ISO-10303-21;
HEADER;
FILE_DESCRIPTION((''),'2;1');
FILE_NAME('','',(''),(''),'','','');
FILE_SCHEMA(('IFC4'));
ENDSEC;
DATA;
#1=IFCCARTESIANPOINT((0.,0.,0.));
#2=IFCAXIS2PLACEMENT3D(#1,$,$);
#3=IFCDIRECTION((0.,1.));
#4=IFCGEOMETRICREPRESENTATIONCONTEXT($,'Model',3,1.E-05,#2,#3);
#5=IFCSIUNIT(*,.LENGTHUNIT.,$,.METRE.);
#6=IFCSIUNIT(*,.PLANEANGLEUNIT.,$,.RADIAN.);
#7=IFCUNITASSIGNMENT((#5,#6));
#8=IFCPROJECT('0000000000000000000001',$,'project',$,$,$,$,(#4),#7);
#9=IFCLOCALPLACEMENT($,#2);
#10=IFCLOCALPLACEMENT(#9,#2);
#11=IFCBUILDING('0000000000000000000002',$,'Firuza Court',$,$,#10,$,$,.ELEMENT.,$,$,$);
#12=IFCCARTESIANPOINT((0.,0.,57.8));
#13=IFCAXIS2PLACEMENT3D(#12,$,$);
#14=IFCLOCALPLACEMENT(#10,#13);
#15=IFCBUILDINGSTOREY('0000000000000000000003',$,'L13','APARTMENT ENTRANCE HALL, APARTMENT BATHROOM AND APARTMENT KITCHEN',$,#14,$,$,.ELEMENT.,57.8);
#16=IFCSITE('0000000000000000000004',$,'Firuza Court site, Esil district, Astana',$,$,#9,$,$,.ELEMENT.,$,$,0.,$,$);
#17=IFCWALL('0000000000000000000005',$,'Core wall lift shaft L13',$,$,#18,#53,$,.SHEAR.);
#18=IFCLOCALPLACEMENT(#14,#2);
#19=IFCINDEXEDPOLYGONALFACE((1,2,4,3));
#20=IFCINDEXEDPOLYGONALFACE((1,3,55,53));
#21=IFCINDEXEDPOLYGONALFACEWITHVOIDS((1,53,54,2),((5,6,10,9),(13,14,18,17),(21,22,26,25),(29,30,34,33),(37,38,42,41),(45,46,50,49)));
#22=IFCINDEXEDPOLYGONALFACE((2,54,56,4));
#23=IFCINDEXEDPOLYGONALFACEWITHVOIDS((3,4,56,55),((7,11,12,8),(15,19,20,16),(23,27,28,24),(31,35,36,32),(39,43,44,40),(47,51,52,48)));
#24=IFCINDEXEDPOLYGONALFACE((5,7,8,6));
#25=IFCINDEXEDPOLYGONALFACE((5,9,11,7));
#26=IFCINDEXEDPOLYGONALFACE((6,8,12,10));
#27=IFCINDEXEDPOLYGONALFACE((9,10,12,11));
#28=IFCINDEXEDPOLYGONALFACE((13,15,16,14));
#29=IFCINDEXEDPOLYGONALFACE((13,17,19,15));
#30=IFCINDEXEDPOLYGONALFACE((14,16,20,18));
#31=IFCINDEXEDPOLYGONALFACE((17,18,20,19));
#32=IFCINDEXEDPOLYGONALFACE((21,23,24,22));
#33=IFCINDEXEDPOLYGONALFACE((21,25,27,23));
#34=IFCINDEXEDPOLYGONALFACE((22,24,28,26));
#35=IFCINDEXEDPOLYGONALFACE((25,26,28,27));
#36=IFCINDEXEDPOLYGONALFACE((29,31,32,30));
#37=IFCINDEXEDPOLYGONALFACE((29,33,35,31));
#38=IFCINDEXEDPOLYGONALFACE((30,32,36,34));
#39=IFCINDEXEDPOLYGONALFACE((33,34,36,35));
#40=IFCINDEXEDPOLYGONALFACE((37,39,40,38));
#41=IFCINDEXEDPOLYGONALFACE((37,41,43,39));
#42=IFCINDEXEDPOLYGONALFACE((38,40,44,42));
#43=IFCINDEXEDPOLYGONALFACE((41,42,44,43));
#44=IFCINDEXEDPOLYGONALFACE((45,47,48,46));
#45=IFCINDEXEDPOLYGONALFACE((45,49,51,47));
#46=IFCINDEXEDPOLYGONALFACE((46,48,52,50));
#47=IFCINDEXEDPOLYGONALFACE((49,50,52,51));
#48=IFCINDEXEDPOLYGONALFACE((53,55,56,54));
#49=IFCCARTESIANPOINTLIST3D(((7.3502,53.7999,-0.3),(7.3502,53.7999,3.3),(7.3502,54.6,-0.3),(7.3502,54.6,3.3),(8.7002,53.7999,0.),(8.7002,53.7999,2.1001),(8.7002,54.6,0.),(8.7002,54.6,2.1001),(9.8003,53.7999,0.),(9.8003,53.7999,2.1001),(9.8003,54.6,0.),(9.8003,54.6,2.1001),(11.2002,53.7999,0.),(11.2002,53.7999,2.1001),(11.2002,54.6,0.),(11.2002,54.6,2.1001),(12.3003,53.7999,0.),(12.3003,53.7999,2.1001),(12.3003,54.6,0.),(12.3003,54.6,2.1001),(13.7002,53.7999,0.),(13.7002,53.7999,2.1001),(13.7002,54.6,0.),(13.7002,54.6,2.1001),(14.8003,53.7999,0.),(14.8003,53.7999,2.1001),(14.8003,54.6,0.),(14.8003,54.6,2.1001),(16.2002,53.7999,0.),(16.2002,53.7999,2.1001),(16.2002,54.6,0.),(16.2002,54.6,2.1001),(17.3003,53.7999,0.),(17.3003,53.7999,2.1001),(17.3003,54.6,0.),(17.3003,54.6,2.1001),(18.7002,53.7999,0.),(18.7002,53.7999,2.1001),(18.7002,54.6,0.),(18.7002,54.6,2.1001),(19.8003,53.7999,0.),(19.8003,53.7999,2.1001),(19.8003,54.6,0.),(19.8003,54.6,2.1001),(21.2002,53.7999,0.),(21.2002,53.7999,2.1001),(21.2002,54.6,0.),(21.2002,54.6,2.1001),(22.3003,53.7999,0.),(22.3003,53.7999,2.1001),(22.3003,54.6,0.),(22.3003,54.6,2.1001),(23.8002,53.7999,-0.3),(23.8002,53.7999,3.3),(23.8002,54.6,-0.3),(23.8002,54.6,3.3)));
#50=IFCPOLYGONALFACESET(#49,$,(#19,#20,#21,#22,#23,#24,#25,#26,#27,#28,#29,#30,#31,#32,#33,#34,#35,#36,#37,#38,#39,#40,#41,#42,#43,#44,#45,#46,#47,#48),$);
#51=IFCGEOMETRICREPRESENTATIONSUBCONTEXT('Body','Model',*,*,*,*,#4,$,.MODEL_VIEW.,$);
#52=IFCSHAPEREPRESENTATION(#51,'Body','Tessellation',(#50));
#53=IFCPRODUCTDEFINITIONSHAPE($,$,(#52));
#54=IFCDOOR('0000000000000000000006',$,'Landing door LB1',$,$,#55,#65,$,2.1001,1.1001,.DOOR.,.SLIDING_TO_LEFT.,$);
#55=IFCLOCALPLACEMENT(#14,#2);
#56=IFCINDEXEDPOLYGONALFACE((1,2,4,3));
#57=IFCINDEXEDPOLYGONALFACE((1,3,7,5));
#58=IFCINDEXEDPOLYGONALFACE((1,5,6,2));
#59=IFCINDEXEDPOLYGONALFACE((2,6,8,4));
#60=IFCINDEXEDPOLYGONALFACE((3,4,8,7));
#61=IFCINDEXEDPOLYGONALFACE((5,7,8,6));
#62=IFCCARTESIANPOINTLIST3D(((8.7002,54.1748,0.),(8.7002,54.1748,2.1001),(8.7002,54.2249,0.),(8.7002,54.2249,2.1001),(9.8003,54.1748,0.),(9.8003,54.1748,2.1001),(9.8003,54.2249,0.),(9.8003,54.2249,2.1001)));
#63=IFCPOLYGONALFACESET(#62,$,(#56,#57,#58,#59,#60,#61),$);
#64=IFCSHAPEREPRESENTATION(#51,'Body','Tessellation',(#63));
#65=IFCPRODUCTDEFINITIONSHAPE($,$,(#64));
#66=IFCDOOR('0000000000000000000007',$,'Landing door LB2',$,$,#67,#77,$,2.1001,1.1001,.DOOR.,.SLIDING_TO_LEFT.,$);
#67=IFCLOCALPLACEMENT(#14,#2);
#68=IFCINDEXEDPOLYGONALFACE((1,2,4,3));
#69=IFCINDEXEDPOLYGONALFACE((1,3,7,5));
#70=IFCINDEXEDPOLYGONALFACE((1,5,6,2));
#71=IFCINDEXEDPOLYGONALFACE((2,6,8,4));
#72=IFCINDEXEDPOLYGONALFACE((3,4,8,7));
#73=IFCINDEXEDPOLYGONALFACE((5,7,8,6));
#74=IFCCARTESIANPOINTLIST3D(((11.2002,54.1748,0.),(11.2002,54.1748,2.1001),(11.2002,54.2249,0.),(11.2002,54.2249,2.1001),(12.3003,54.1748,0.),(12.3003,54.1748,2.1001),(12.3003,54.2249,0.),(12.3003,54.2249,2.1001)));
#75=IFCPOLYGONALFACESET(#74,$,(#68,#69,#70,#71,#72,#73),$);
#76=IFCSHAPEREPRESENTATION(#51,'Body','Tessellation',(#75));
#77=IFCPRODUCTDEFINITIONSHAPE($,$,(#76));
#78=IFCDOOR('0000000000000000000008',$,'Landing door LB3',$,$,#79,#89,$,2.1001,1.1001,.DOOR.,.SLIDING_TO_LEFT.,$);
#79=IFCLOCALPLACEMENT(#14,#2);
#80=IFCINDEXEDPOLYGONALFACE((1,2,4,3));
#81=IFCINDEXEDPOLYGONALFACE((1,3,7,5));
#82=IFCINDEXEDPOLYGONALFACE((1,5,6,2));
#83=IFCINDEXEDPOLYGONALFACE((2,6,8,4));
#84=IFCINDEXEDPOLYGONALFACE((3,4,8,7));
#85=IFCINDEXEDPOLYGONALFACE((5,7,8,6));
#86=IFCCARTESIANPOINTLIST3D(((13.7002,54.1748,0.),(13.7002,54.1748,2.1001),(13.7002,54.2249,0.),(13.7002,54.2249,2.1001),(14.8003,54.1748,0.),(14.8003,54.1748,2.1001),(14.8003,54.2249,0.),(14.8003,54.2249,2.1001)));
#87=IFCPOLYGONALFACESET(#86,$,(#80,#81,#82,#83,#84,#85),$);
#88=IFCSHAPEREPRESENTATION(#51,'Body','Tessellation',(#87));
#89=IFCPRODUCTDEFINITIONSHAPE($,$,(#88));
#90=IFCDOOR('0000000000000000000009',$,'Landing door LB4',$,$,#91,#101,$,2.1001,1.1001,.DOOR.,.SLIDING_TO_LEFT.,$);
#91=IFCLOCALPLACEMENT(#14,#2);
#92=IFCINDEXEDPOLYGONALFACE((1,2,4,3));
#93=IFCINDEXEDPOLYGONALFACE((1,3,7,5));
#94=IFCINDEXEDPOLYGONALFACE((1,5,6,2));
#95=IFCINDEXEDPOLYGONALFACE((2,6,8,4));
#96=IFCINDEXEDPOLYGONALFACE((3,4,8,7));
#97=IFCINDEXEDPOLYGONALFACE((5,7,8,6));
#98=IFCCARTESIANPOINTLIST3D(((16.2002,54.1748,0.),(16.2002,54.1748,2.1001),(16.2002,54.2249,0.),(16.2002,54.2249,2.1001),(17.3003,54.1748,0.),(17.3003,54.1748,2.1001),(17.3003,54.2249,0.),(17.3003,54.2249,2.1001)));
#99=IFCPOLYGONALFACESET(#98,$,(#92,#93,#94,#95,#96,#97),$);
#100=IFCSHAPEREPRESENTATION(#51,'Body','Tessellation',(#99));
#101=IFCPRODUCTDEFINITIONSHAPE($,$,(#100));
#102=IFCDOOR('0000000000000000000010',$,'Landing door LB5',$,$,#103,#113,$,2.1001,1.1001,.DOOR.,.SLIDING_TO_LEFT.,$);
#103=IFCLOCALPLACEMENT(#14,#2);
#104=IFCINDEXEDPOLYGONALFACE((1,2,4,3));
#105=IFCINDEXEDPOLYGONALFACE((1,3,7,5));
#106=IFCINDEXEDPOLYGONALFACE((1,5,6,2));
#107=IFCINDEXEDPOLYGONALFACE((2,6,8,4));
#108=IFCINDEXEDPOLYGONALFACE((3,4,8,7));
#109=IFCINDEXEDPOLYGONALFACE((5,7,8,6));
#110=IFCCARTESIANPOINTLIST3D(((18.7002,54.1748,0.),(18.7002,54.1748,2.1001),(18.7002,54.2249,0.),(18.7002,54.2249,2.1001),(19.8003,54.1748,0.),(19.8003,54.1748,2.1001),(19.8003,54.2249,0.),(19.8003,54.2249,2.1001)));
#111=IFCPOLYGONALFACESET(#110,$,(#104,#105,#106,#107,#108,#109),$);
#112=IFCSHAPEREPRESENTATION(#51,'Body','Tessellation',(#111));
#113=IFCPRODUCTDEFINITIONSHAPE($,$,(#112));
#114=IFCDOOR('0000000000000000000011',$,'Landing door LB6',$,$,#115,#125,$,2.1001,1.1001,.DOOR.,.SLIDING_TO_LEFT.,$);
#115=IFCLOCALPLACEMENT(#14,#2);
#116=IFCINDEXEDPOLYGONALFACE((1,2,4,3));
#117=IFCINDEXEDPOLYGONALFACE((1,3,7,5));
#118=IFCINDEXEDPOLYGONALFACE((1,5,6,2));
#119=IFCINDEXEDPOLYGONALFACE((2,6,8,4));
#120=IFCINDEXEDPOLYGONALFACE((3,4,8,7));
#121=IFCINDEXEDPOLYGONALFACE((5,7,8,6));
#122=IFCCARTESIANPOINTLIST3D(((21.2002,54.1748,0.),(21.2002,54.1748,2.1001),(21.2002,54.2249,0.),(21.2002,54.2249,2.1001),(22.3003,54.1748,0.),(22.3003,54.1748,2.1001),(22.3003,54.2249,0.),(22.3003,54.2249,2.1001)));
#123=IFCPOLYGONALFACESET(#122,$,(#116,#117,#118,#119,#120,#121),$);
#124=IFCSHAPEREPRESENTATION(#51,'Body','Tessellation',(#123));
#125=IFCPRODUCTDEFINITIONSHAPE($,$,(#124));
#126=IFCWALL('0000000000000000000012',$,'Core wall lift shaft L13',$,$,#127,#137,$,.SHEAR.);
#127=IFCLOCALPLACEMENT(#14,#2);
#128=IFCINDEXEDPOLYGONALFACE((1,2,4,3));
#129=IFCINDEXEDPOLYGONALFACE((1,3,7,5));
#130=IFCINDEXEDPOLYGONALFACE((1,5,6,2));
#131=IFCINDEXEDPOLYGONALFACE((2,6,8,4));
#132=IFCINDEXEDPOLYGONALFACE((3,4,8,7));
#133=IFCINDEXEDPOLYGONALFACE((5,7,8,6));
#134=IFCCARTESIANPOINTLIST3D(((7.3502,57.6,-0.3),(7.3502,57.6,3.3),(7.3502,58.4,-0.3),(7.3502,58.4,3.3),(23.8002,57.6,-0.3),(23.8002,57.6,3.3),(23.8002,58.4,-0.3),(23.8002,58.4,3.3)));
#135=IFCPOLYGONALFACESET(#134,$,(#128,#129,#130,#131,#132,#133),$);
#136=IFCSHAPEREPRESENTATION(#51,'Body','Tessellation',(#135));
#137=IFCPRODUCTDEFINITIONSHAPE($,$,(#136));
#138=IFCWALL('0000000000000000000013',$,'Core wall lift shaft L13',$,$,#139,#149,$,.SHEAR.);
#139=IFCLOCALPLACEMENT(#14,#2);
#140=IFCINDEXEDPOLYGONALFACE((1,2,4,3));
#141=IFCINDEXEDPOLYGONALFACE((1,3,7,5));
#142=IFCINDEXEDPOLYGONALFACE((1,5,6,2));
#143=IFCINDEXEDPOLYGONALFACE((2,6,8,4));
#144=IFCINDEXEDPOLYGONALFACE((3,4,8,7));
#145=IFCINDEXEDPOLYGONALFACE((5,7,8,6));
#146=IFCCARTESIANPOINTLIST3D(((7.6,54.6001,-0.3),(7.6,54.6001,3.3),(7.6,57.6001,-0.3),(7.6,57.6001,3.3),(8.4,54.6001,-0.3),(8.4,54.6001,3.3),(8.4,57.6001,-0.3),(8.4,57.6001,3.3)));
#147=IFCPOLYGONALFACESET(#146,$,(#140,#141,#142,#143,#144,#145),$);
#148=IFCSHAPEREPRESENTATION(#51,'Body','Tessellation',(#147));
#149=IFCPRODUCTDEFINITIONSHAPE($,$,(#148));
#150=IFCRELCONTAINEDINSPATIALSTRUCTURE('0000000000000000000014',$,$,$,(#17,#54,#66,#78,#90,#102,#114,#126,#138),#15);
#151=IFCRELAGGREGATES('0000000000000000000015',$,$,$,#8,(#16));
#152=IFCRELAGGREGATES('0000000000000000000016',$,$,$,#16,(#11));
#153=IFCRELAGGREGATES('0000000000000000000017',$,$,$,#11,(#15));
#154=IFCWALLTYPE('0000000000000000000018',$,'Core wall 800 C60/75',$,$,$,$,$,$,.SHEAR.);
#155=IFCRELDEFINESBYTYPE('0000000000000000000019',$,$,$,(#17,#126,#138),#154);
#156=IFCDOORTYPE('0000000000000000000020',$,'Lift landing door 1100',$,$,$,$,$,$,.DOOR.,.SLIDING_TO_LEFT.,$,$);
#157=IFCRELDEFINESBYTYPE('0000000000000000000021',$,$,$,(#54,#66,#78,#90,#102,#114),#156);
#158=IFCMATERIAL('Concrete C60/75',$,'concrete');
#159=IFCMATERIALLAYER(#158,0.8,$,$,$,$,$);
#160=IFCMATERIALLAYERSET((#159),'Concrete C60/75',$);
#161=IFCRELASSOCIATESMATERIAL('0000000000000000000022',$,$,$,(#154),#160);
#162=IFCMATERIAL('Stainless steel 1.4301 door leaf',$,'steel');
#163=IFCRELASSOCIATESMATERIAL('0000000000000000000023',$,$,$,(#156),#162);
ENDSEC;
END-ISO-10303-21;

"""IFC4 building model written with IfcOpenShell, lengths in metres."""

from ifc_helpers import new_model, si_unit, direction, frame, frame_2d, origin, place, context, subcontext, project, spatial, rectangle, extrude, material, layer, layer_set, type_object, element, fill, save


model = new_model("IFC4")

# Units and contexts
model_context = context("Model", 3, precision=1e-05, world=origin(), true_north=direction((0.0, 1.0)))
body_context = subcontext(model_context, "Body", "Model", "MODEL_VIEW")
ifc_project = project(units=[si_unit("LENGTHUNIT", "METRE"), si_unit("PLANEANGLEUNIT", "RADIAN")], contexts=[model_context])

# Site, building, storey
site_placement = place(None, origin())
site = spatial("IfcSite", under=ifc_project, at=site_placement, Name="Firuza Court site, Esil district, Astana", CompositionType="ELEMENT", RefElevation=0.0)
building_placement = place(site_placement, origin())
building = spatial("IfcBuilding", under=site, at=building_placement, Name="Firuza Court", CompositionType="ELEMENT")
storey_placement = place(building_placement, frame((0.0, 0.0, 57.8)))
storey = spatial("IfcBuildingStorey", under=building, at=storey_placement, Name="L13", Description="APARTMENT ENTRANCE HALL, APARTMENT BATHROOM AND APARTMENT KITCHEN", CompositionType="ELEMENT", Elevation=57.8)

# Shared definitions
ifc_material_1 = material(Name="Concrete C60/75", Category="concrete")

# Wall, openings, doors
ifc_layer_1 = layer(ifc_material_1, 0.8)
ifc_layer_set_1 = layer_set([ifc_layer_1], Name="Concrete C60/75")
wall_type_1 = type_object("IfcWallType", Name="Core wall 800 C60/75", PredefinedType="SHEAR", material=ifc_layer_set_1)
wall_1_placement = place(storey_placement, frame((7.3501, 54.2, -0.3), z_axis=(0.0, 0.0, 1.0), x_axis=(1.0, 0.0, 0.0)))
wall_1 = element("IfcWall", 1, at=wall_1_placement, inside=storey, type_object=wall_type_1, Name="Core wall lift shaft L13", PredefinedType="SHEAR", context=body_context, shape_type="SweptSolid", body=[
    extrude(rectangle(XDim=16.45, YDim=0.8, at=frame_2d((8.2251, 0.0))), origin(), (0.0, 0.0, 1.0), 3.6001),
])
opening_1_placement = place(wall_1_placement, frame((1.3501, 0.0, 0.3)))
opening_1 = element("IfcOpeningElement", 2, at=opening_1_placement, cuts=wall_1, PredefinedType="OPENING", context=body_context, shape_type="SweptSolid", body=[
    extrude(rectangle(XDim=1.1001, YDim=2.1001, at=frame_2d((0.55, 1.05))), frame((0.0, 0.4121, 0.0), z_axis=(0.0, -1.0, 0.0), x_axis=(1.0, 0.0, 0.0)), (0.0, 0.0, 1.0), 0.824),
])
opening_2_placement = place(wall_1_placement, frame((3.8501, 0.0, 0.3)))
opening_2 = element("IfcOpeningElement", 3, at=opening_2_placement, cuts=wall_1, PredefinedType="OPENING", context=body_context, shape_type="SweptSolid", body=[
    extrude(rectangle(XDim=1.1001, YDim=2.1001, at=frame_2d((0.55, 1.05))), frame((0.0, 0.4121, 0.0), z_axis=(0.0, -1.0, 0.0), x_axis=(1.0, 0.0, 0.0)), (0.0, 0.0, 1.0), 0.824),
])
opening_3_placement = place(wall_1_placement, frame((6.3501, 0.0, 0.3)))
opening_3 = element("IfcOpeningElement", 4, at=opening_3_placement, cuts=wall_1, PredefinedType="OPENING", context=body_context, shape_type="SweptSolid", body=[
    extrude(rectangle(XDim=1.1001, YDim=2.1001, at=frame_2d((0.55, 1.05))), frame((0.0, 0.4121, 0.0), z_axis=(0.0, -1.0, 0.0), x_axis=(1.0, 0.0, 0.0)), (0.0, 0.0, 1.0), 0.824),
])
opening_4_placement = place(wall_1_placement, frame((8.8501, 0.0, 0.3)))
opening_4 = element("IfcOpeningElement", 5, at=opening_4_placement, cuts=wall_1, PredefinedType="OPENING", context=body_context, shape_type="SweptSolid", body=[
    extrude(rectangle(XDim=1.1001, YDim=2.1001, at=frame_2d((0.55, 1.05))), frame((0.0, 0.4121, 0.0), z_axis=(0.0, -1.0, 0.0), x_axis=(1.0, 0.0, 0.0)), (0.0, 0.0, 1.0), 0.824),
])
opening_5_placement = place(wall_1_placement, frame((11.3501, 0.0, 0.3)))
opening_5 = element("IfcOpeningElement", 6, at=opening_5_placement, cuts=wall_1, PredefinedType="OPENING", context=body_context, shape_type="SweptSolid", body=[
    extrude(rectangle(XDim=1.1001, YDim=2.1001, at=frame_2d((0.55, 1.05))), frame((0.0, 0.4121, 0.0), z_axis=(0.0, -1.0, 0.0), x_axis=(1.0, 0.0, 0.0)), (0.0, 0.0, 1.0), 0.824),
])
opening_6_placement = place(wall_1_placement, frame((13.8501, 0.0, 0.3)))
opening_6 = element("IfcOpeningElement", 7, at=opening_6_placement, cuts=wall_1, PredefinedType="OPENING", context=body_context, shape_type="SweptSolid", body=[
    extrude(rectangle(XDim=1.1001, YDim=2.1001, at=frame_2d((0.55, 1.05))), frame((0.0, 0.4121, 0.0), z_axis=(0.0, -1.0, 0.0), x_axis=(1.0, 0.0, 0.0)), (0.0, 0.0, 1.0), 0.824),
])
ifc_material_2 = material(Name="Stainless steel 1.4301 door leaf", Category="steel")
door_type = type_object("IfcDoorType", Name="Lift landing door 1100", OperationType="SLIDING_TO_LEFT", PredefinedType="DOOR", material=ifc_material_2)
door_1_placement = place(opening_1_placement, origin())
door_1 = element("IfcDoor", 8, at=door_1_placement, inside=storey, type_object=door_type, Name="Landing door LB1", OperationType="SLIDING_TO_LEFT", OverallHeight=2.1001, OverallWidth=1.1001, PredefinedType="DOOR", context=body_context, shape_type="SweptSolid", body=[
    extrude(rectangle(XDim=1.1001, YDim=2.1001, at=frame_2d((0.55, 1.05))), frame((0.0, 0.0249, 0.0), z_axis=(0.0, -1.0, 0.0), x_axis=(1.0, 0.0, 0.0)), (0.0, 0.0, 1.0), 0.05),
])
fill(opening_1, door_1)
door_2_placement = place(opening_2_placement, origin())
door_2 = element("IfcDoor", 9, at=door_2_placement, inside=storey, type_object=door_type, Name="Landing door LB2", OperationType="SLIDING_TO_LEFT", OverallHeight=2.1001, OverallWidth=1.1001, PredefinedType="DOOR", context=body_context, shape_type="SweptSolid", body=[
    extrude(rectangle(XDim=1.1001, YDim=2.1001, at=frame_2d((0.55, 1.05))), frame((0.0, 0.0249, 0.0), z_axis=(0.0, -1.0, 0.0), x_axis=(1.0, 0.0, 0.0)), (0.0, 0.0, 1.0), 0.05),
])
fill(opening_2, door_2)
door_3_placement = place(opening_3_placement, origin())
door_3 = element("IfcDoor", 10, at=door_3_placement, inside=storey, type_object=door_type, Name="Landing door LB3", OperationType="SLIDING_TO_LEFT", OverallHeight=2.1001, OverallWidth=1.1001, PredefinedType="DOOR", context=body_context, shape_type="SweptSolid", body=[
    extrude(rectangle(XDim=1.1001, YDim=2.1001, at=frame_2d((0.55, 1.05))), frame((0.0, 0.0249, 0.0), z_axis=(0.0, -1.0, 0.0), x_axis=(1.0, 0.0, 0.0)), (0.0, 0.0, 1.0), 0.05),
])
fill(opening_3, door_3)
door_4_placement = place(opening_4_placement, origin())
door_4 = element("IfcDoor", 11, at=door_4_placement, inside=storey, type_object=door_type, Name="Landing door LB4", OperationType="SLIDING_TO_LEFT", OverallHeight=2.1001, OverallWidth=1.1001, PredefinedType="DOOR", context=body_context, shape_type="SweptSolid", body=[
    extrude(rectangle(XDim=1.1001, YDim=2.1001, at=frame_2d((0.55, 1.05))), frame((0.0, 0.0249, 0.0), z_axis=(0.0, -1.0, 0.0), x_axis=(1.0, 0.0, 0.0)), (0.0, 0.0, 1.0), 0.05),
])
fill(opening_4, door_4)
door_5_placement = place(opening_5_placement, origin())
door_5 = element("IfcDoor", 12, at=door_5_placement, inside=storey, type_object=door_type, Name="Landing door LB5", OperationType="SLIDING_TO_LEFT", OverallHeight=2.1001, OverallWidth=1.1001, PredefinedType="DOOR", context=body_context, shape_type="SweptSolid", body=[
    extrude(rectangle(XDim=1.1001, YDim=2.1001, at=frame_2d((0.55, 1.05))), frame((0.0, 0.0249, 0.0), z_axis=(0.0, -1.0, 0.0), x_axis=(1.0, 0.0, 0.0)), (0.0, 0.0, 1.0), 0.05),
])
fill(opening_5, door_5)
door_6_placement = place(opening_6_placement, origin())
door_6 = element("IfcDoor", 13, at=door_6_placement, inside=storey, type_object=door_type, Name="Landing door LB6", OperationType="SLIDING_TO_LEFT", OverallHeight=2.1001, OverallWidth=1.1001, PredefinedType="DOOR", context=body_context, shape_type="SweptSolid", body=[
    extrude(rectangle(XDim=1.1001, YDim=2.1001, at=frame_2d((0.55, 1.05))), frame((0.0, 0.0249, 0.0), z_axis=(0.0, -1.0, 0.0), x_axis=(1.0, 0.0, 0.0)), (0.0, 0.0, 1.0), 0.05),
])
fill(opening_6, door_6)

# Walls
wall_2_placement = place(storey_placement, frame((7.3501, 58.0, -0.3), z_axis=(0.0, 0.0, 1.0), x_axis=(1.0, 0.0, 0.0)))
element("IfcWall", 14, at=wall_2_placement, inside=storey, type_object=wall_type_1, Name="Core wall lift shaft L13", PredefinedType="SHEAR", context=body_context, shape_type="SweptSolid", body=[
    extrude(rectangle(XDim=16.45, YDim=0.8, at=frame_2d((8.2251, 0.0))), origin(), (0.0, 0.0, 1.0), 3.6001),
])
wall_3_placement = place(storey_placement, frame((8.0, 54.6001, -0.3), z_axis=(0.0, 0.0, 1.0), x_axis=(0.0, 1.0, 0.0)))
element("IfcWall", 15, at=wall_3_placement, inside=storey, type_object=wall_type_1, Name="Core wall lift shaft L13", PredefinedType="SHEAR", context=body_context, shape_type="SweptSolid", body=[
    extrude(rectangle(XDim=3.0, YDim=0.8, at=frame_2d((1.5, 0.0))), origin(), (0.0, 0.0, 1.0), 3.6001),
])

save(model, "model.ifc")
